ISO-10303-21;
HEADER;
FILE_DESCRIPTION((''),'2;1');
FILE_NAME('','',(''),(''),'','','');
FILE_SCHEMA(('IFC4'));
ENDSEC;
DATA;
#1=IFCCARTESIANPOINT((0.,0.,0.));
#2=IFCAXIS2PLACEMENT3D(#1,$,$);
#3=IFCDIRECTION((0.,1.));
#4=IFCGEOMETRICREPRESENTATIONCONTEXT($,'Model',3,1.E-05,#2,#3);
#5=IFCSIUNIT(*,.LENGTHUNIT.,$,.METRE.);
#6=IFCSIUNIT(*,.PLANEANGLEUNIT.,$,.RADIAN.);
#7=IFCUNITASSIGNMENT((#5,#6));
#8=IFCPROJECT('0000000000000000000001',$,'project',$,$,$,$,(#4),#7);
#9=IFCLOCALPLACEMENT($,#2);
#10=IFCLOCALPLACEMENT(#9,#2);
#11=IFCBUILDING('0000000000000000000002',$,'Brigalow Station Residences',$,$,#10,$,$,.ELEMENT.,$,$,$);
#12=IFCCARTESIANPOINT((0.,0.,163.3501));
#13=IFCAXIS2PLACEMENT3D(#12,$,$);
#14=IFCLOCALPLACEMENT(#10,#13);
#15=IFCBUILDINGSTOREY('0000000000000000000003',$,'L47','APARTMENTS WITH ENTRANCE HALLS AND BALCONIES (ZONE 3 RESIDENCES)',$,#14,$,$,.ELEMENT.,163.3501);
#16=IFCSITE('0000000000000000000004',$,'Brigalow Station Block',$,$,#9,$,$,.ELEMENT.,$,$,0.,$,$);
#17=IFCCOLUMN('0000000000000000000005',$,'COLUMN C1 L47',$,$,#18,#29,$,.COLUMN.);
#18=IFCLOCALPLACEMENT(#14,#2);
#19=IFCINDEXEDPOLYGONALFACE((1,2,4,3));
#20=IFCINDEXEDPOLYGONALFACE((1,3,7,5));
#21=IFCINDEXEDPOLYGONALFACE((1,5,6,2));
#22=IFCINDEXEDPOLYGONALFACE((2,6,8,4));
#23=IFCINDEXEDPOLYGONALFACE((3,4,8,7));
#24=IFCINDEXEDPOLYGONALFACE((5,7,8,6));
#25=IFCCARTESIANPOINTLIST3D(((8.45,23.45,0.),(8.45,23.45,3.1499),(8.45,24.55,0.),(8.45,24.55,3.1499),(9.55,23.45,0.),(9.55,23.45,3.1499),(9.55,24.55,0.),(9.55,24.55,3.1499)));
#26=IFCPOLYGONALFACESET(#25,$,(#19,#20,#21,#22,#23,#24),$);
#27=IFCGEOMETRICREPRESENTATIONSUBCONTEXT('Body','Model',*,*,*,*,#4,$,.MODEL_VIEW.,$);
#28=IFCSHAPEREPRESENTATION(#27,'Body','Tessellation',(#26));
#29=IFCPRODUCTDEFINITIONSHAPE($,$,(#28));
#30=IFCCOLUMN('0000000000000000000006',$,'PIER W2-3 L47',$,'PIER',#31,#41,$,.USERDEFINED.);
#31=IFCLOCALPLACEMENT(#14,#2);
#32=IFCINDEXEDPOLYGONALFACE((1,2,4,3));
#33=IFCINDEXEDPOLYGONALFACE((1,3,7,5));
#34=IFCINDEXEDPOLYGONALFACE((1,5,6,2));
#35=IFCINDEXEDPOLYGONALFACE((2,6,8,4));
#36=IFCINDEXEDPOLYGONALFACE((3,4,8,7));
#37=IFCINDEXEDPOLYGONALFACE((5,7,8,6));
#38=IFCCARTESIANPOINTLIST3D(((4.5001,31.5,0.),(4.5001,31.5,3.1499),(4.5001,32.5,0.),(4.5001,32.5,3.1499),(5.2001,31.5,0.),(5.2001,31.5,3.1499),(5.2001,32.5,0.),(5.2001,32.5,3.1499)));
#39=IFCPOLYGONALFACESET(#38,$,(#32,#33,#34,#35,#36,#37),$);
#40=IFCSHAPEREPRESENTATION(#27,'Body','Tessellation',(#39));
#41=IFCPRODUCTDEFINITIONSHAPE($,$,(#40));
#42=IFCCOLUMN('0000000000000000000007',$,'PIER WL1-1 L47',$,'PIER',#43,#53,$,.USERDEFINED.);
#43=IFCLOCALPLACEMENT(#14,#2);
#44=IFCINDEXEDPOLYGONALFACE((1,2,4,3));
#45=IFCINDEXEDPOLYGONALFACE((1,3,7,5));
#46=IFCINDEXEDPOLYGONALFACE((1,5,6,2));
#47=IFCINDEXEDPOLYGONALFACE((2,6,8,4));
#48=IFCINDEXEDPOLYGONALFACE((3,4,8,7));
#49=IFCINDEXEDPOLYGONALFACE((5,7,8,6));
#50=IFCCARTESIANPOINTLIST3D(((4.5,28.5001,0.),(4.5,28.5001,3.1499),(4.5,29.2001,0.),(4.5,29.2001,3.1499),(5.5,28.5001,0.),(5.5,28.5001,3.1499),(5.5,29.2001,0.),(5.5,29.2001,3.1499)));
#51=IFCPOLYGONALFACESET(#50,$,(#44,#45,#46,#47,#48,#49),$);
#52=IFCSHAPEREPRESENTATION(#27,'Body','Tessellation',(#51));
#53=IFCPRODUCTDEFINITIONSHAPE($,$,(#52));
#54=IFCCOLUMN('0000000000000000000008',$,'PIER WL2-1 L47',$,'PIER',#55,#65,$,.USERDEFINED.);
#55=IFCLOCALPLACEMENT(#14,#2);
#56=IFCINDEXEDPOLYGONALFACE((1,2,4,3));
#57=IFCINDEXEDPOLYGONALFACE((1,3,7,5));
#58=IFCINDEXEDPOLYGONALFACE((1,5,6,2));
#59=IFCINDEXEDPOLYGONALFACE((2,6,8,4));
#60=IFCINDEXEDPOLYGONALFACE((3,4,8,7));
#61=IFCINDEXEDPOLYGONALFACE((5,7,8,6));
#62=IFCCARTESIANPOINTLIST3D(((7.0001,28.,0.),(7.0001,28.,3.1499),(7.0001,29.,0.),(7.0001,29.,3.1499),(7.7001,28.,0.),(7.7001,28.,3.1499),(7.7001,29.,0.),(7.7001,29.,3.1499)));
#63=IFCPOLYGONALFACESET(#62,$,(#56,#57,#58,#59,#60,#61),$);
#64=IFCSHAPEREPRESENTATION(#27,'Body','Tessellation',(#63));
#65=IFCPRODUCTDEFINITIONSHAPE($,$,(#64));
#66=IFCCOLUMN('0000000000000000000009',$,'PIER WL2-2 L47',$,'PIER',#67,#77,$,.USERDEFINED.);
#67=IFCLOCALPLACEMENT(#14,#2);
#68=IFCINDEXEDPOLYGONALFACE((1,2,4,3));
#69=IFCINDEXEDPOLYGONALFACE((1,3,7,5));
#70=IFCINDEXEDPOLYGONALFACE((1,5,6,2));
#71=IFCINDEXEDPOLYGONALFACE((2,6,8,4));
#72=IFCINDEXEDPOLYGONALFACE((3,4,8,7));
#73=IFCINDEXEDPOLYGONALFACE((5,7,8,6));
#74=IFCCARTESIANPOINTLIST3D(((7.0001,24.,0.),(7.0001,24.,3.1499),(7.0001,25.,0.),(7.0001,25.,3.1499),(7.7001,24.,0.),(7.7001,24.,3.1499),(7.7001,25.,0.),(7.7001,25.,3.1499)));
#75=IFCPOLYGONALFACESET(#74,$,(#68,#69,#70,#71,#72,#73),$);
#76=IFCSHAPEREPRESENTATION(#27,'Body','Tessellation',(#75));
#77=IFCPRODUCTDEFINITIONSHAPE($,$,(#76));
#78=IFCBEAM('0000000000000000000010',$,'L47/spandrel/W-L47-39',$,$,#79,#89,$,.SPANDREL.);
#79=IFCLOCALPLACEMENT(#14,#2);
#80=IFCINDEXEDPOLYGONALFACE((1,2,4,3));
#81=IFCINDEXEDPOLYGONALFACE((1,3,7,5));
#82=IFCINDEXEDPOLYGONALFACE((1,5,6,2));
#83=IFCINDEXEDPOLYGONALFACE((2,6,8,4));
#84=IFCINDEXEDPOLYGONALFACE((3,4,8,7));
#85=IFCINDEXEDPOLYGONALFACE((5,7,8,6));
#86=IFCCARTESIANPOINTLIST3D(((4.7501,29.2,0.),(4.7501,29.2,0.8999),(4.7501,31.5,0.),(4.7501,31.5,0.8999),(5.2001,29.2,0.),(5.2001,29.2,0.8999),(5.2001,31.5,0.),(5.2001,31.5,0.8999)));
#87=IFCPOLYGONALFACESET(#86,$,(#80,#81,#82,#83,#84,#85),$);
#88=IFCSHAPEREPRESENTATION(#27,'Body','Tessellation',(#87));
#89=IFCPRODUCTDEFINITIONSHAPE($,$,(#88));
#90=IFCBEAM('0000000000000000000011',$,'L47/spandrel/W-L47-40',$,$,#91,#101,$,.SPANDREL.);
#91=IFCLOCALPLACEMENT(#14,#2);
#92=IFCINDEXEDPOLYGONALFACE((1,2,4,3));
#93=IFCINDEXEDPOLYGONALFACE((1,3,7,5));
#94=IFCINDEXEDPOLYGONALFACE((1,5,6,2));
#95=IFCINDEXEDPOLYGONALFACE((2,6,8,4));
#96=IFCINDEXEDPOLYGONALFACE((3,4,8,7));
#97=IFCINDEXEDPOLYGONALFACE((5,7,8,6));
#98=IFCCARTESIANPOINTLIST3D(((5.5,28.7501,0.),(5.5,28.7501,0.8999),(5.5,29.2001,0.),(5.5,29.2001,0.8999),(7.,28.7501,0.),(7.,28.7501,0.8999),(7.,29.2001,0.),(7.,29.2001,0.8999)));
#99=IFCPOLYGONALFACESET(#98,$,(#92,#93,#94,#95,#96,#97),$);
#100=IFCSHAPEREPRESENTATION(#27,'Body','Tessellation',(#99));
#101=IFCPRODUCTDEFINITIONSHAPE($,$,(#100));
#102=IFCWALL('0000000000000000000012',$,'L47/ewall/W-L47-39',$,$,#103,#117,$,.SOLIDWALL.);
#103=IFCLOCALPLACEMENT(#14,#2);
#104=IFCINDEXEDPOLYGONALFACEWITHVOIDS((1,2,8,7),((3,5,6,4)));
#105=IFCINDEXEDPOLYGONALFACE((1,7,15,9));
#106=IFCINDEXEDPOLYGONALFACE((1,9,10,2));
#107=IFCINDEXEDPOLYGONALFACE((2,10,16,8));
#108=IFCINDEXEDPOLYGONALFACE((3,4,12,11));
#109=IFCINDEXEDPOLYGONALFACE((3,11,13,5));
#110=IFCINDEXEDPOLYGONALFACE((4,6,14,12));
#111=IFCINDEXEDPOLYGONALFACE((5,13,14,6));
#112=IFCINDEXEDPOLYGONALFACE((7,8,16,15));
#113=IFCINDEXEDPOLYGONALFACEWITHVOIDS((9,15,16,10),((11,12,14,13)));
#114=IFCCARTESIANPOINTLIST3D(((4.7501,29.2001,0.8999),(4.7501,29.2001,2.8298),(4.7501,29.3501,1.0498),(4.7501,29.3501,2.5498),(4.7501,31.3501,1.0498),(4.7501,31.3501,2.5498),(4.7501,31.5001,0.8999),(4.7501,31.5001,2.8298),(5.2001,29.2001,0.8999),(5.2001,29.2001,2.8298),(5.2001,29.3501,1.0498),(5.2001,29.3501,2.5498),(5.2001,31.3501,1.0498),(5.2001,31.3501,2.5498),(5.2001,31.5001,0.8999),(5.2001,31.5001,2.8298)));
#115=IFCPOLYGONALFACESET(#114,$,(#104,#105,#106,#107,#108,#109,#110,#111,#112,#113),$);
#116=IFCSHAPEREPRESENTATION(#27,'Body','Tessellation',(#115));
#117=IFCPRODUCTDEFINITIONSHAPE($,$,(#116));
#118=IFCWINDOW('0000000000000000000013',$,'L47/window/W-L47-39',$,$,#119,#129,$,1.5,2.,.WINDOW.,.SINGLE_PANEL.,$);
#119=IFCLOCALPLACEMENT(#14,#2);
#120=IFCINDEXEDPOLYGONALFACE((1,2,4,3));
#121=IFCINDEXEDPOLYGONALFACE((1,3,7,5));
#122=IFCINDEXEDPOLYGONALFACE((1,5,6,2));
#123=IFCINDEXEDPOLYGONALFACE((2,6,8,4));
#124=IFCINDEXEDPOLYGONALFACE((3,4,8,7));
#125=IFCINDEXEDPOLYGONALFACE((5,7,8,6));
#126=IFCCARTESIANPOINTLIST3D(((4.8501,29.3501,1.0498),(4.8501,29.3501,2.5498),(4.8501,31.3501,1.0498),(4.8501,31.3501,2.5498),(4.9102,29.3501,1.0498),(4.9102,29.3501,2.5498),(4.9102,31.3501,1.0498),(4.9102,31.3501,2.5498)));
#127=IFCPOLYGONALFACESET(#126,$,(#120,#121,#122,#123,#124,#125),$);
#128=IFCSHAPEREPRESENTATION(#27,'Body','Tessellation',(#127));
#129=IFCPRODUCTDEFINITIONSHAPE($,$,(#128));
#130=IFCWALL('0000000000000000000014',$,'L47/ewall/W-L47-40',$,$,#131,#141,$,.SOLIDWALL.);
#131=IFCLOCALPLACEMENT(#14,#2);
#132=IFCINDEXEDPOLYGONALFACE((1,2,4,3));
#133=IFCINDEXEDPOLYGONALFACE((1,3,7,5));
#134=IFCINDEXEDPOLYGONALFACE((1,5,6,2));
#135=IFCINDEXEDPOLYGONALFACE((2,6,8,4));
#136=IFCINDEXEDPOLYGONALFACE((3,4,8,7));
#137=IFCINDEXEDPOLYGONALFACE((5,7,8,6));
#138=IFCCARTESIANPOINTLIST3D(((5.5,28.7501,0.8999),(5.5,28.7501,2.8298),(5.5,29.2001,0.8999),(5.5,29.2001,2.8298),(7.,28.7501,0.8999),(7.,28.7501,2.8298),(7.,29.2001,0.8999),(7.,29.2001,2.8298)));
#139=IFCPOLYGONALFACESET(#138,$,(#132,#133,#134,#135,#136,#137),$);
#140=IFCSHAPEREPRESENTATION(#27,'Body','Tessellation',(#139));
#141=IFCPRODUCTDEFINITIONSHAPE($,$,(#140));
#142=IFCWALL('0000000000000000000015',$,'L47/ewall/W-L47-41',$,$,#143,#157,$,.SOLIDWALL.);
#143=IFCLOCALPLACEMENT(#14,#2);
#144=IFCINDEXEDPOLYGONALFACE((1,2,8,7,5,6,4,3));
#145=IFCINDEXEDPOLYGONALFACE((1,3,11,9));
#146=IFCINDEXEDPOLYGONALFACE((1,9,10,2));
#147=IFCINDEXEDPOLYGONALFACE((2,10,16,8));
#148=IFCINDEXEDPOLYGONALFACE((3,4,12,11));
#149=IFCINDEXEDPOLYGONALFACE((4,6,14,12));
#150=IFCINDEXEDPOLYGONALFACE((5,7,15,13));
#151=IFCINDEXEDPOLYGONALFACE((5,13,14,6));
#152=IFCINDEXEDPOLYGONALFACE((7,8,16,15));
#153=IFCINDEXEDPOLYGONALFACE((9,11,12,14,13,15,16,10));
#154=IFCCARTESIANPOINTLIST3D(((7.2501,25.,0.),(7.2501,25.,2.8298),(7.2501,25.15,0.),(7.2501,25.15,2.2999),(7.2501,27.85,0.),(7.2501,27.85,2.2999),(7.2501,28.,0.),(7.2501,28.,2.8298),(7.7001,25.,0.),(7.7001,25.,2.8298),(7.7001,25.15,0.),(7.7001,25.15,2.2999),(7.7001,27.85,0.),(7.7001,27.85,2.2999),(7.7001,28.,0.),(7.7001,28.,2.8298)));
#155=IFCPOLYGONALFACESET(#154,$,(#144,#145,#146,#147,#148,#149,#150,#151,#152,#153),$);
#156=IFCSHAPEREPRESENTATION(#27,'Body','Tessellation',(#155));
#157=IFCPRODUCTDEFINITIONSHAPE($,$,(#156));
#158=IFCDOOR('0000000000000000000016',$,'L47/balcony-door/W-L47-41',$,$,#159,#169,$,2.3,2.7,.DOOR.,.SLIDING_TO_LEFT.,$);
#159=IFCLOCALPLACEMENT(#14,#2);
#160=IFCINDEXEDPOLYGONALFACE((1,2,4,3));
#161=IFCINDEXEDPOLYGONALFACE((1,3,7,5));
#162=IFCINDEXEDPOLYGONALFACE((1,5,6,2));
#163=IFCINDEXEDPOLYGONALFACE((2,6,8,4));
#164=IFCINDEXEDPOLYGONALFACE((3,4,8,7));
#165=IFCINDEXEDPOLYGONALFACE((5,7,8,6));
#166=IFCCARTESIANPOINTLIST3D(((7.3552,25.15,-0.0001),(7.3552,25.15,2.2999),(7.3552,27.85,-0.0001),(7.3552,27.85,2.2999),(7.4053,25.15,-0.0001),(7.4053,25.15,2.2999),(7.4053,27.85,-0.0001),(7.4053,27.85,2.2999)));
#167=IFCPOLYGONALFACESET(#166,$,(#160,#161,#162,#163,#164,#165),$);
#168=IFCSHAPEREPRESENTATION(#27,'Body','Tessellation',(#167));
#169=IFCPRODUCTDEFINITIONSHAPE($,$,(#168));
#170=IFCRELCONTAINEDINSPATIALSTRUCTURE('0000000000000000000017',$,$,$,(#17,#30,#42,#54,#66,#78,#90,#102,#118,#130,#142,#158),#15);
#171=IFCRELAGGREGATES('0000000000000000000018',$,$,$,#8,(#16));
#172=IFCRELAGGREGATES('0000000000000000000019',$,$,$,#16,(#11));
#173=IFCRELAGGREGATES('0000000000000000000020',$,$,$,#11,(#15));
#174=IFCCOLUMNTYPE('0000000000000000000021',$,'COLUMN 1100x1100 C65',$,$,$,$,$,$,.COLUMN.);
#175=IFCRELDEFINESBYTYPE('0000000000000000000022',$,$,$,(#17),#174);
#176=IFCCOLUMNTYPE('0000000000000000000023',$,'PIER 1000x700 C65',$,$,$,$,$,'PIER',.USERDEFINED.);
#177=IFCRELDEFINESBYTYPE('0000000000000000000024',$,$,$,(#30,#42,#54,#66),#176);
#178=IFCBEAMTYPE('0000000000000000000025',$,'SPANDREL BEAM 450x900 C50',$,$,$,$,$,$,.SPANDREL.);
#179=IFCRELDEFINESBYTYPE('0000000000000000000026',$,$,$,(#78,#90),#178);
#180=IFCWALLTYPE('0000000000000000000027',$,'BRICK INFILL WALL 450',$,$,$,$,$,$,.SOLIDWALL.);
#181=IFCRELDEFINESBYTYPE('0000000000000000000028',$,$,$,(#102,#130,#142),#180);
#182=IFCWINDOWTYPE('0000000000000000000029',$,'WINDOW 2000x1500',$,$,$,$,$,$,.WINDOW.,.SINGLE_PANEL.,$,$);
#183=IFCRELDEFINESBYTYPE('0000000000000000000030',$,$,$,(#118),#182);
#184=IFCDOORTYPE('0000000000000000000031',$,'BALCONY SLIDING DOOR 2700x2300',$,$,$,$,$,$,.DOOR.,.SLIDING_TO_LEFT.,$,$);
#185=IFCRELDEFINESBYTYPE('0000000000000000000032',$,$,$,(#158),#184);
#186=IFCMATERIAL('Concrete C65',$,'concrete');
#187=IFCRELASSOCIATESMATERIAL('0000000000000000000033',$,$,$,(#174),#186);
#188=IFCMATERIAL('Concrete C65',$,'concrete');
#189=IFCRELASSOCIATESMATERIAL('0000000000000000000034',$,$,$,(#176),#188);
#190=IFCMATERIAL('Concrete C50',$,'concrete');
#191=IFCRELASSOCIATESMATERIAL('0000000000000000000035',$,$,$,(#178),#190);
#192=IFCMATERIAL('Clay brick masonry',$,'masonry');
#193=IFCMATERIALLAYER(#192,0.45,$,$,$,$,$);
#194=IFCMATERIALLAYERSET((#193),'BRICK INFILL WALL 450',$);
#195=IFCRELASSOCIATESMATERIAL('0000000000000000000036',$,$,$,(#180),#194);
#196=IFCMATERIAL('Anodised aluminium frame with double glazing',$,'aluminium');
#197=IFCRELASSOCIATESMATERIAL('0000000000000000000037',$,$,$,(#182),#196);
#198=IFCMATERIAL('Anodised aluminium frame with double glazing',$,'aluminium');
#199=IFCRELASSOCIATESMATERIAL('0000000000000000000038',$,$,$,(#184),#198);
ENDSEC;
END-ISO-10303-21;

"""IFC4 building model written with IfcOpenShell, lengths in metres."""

from ifc_helpers import new_model, si_unit, direction, frame, frame_2d, origin, origin_2d, place, context, subcontext, project, spatial, rectangle, extrude, material, layer, layer_set, material_profile, profile_set, type_object, element, fill, save


model = new_model("IFC4")

# Units and contexts
model_context = context("Model", 3, precision=1e-05, world=origin(), true_north=direction((0.0, 1.0)))
body_context = subcontext(model_context, "Body", "Model", "MODEL_VIEW")
ifc_project = project(units=[si_unit("LENGTHUNIT", "METRE"), si_unit("PLANEANGLEUNIT", "RADIAN")], contexts=[model_context])

# Site, building, storey
site_placement = place(None, origin())
site = spatial("IfcSite", under=ifc_project, at=site_placement, Name="Brigalow Station Block", CompositionType="ELEMENT", RefElevation=0.0)
building_placement = place(site_placement, origin())
building = spatial("IfcBuilding", under=site, at=building_placement, Name="Brigalow Station Residences", CompositionType="ELEMENT")
storey_placement = place(building_placement, frame((0.0, 0.0, 163.3501)))
storey = spatial("IfcBuildingStorey", under=building, at=storey_placement, Name="L47", Description="APARTMENTS WITH ENTRANCE HALLS AND BALCONIES (ZONE 3 RESIDENCES)", CompositionType="ELEMENT", Elevation=163.3501)

# Columns
ifc_material_1 = material(Name="Concrete C65", Category="concrete")
ifc_material_profile_1 = material_profile(ifc_material_1, rectangle(XDim=1.1001, YDim=1.1001, at=origin_2d()), Name="RC1100x1100")
ifc_profile_set_1 = profile_set([ifc_material_profile_1], Name="Concrete C65")
column_type_1 = type_object("IfcColumnType", Name="COLUMN 1100x1100 C65", PredefinedType="COLUMN", material=ifc_profile_set_1)
column_placement = place(storey_placement, frame((9.0, 24.0, 0.0), z_axis=(0.0, 0.0, 1.0), x_axis=(1.0, 0.0, 0.0)))
element("IfcColumn", 1, at=column_placement, inside=storey, type_object=column_type_1, Name="COLUMN C1 L47", PredefinedType="COLUMN", context=body_context, shape_type="SweptSolid", body=[
    extrude(rectangle(XDim=1.1001, YDim=1.1001, at=origin_2d()), origin(), (0.0, 0.0, 1.0), 3.1499),
])
ifc_material_2 = material(Name="Concrete C65", Category="concrete")
ifc_material_profile_2 = material_profile(ifc_material_2, rectangle(XDim=1.0, YDim=0.7, at=origin_2d()), Name="RC1000x700")
ifc_profile_set_2 = profile_set([ifc_material_profile_2], Name="Concrete C65")
column_type_2 = type_object("IfcColumnType", Name="PIER 1000x700 C65", ElementType="PIER", PredefinedType="USERDEFINED", material=ifc_profile_set_2)
for number, where, z_axis, x_axis, name in (
    (2, (4.8501, 32.0, 0.0), (0.0, 0.0, 1.0), (0.0, -1.0, 0.0), "PIER W2-3 L47"),
    (3, (5.0, 28.8501, 0.0), (0.0, 0.0, 1.0), (1.0, 0.0, 0.0), "PIER WL1-1 L47"),
    (4, (7.3501, 28.5, 0.0), (0.0, 0.0, 1.0), (0.0, -1.0, 0.0), "PIER WL2-1 L47"),
    (5, (7.3501, 24.5, 0.0), (0.0, 0.0, 1.0), (0.0, -1.0, 0.0), "PIER WL2-2 L47"),
):
    element("IfcColumn", number, at=place(storey_placement, frame(where, z_axis=z_axis, x_axis=x_axis)), inside=storey, type_object=column_type_2, Name=name, ObjectType="PIER", PredefinedType="USERDEFINED", context=body_context, shape_type="SweptSolid", body=[
        extrude(rectangle(XDim=1.0, YDim=0.7, at=origin_2d()), origin(), (0.0, 0.0, 1.0), 3.1499),
    ])

# Beams
ifc_material_3 = material(Name="Concrete C50", Category="concrete")
ifc_material_profile_3 = material_profile(ifc_material_3, rectangle(XDim=0.45, YDim=0.8999, at=origin_2d()), Name="RC450x900")
ifc_profile_set_3 = profile_set([ifc_material_profile_3], Name="Concrete C50")
beam_type = type_object("IfcBeamType", Name="SPANDREL BEAM 450x900 C50", PredefinedType="SPANDREL", material=ifc_profile_set_3)
beam_1_placement = place(storey_placement, frame((4.9751, 31.5, 0.45), z_axis=(0.0, -1.0, 0.0), x_axis=(1.0, 0.0, 0.0)))
element("IfcBeam", 6, at=beam_1_placement, inside=storey, type_object=beam_type, Name="L47/spandrel/W-L47-39", PredefinedType="SPANDREL", context=body_context, shape_type="SweptSolid", body=[
    extrude(rectangle(XDim=0.45, YDim=0.8999, at=origin_2d()), origin(), (0.0, 0.0, 1.0), 2.3),
])
beam_2_placement = place(storey_placement, frame((5.5, 28.9751, 0.45), z_axis=(1.0, 0.0, 0.0), x_axis=(0.0, 1.0, 0.0)))
element("IfcBeam", 7, at=beam_2_placement, inside=storey, type_object=beam_type, Name="L47/spandrel/W-L47-40", PredefinedType="SPANDREL", context=body_context, shape_type="SweptSolid", body=[
    extrude(rectangle(XDim=0.45, YDim=0.8999, at=origin_2d()), origin(), (0.0, 0.0, 1.0), 1.5),
])

# Wall, opening, window
ifc_material_4 = material(Name="Clay brick masonry", Category="masonry")
ifc_layer_1 = layer(ifc_material_4, 0.45)
ifc_layer_set_1 = layer_set([ifc_layer_1], Name="BRICK INFILL WALL 450")
wall_type_1 = type_object("IfcWallType", Name="BRICK INFILL WALL 450", PredefinedType="SOLIDWALL", material=ifc_layer_set_1)
wall_1_placement = place(storey_placement, frame((4.9751, 31.5, 0.8999), z_axis=(0.0, 0.0, 1.0), x_axis=(0.0, -1.0, 0.0)))
wall_1 = element("IfcWall", 8, at=wall_1_placement, inside=storey, type_object=wall_type_1, Name="L47/ewall/W-L47-39", PredefinedType="SOLIDWALL", context=body_context, shape_type="SweptSolid", body=[
    extrude(rectangle(XDim=2.3, YDim=0.45, at=frame_2d((1.1499, 0.0))), origin(), (0.0, 0.0, 1.0), 1.9299),
])
opening_1_placement = place(wall_1_placement, frame((0.1499, 0.0, 0.1499)))
opening_1 = element("IfcOpeningElement", 9, at=opening_1_placement, cuts=wall_1, PredefinedType="OPENING", context=body_context, shape_type="SweptSolid", body=[
    extrude(rectangle(XDim=2.0, YDim=1.5, at=frame_2d((1.0, 0.75))), frame((0.0, 0.2349, 0.0), z_axis=(0.0, -1.0, 0.0), x_axis=(1.0, 0.0, 0.0)), (0.0, 0.0, 1.0), 0.47),
])
ifc_material_5 = material(Name="Anodised aluminium frame with double glazing", Category="aluminium")
window_type = type_object("IfcWindowType", Name="WINDOW 2000x1500", PartitioningType="SINGLE_PANEL", PredefinedType="WINDOW", material=ifc_material_5)
window_placement = place(opening_1_placement, origin())
window = element("IfcWindow", 10, at=window_placement, inside=storey, type_object=window_type, Name="L47/window/W-L47-39", OverallHeight=1.5, OverallWidth=2.0, PartitioningType="SINGLE_PANEL", PredefinedType="WINDOW", context=body_context, shape_type="SweptSolid", body=[
    extrude(rectangle(XDim=2.0, YDim=1.5, at=frame_2d((1.0, 0.75))), frame((0.0, -0.0649, 0.0), z_axis=(0.0, -1.0, 0.0), x_axis=(1.0, 0.0, 0.0)), (0.0, 0.0, 1.0), 0.0601),
])
fill(opening_1, window)

# Wall
wall_2_placement = place(storey_placement, frame((5.5, 28.9751, 0.8999), z_axis=(0.0, 0.0, 1.0), x_axis=(1.0, 0.0, 0.0)))
element("IfcWall", 11, at=wall_2_placement, inside=storey, type_object=wall_type_1, Name="L47/ewall/W-L47-40", PredefinedType="SOLIDWALL", context=body_context, shape_type="SweptSolid", body=[
    extrude(rectangle(XDim=1.5, YDim=0.45, at=frame_2d((0.75, 0.0))), origin(), (0.0, 0.0, 1.0), 1.9299),
])

# Wall, opening, door
wall_3_placement = place(storey_placement, frame((7.4751, 28.0, 0.0), z_axis=(0.0, 0.0, 1.0), x_axis=(0.0, -1.0, 0.0)))
wall_3 = element("IfcWall", 12, at=wall_3_placement, inside=storey, type_object=wall_type_1, Name="L47/ewall/W-L47-41", PredefinedType="SOLIDWALL", context=body_context, shape_type="SweptSolid", body=[
    extrude(rectangle(XDim=3.0, YDim=0.45, at=frame_2d((1.5, 0.0))), origin(), (0.0, 0.0, 1.0), 2.8298),
])
opening_2_placement = place(wall_3_placement, frame((0.1499, 0.0, 0.0)))
opening_2 = element("IfcOpeningElement", 13, at=opening_2_placement, cuts=wall_3, PredefinedType="OPENING", context=body_context, shape_type="SweptSolid", body=[
    extrude(rectangle(XDim=2.7, YDim=2.3, at=frame_2d((1.3501, 1.1499))), frame((0.0, 0.2349, 0.0), z_axis=(0.0, -1.0, 0.0), x_axis=(1.0, 0.0, 0.0)), (0.0, 0.0, 1.0), 0.47),
])
ifc_material_6 = material(Name="Anodised aluminium frame with double glazing", Category="aluminium")
door_type_1 = type_object("IfcDoorType", Name="BALCONY SLIDING DOOR 2700x2300", OperationType="SLIDING_TO_LEFT", PredefinedType="DOOR", material=ifc_material_6)
door_1_placement = place(opening_2_placement, origin())
door_1 = element("IfcDoor", 14, at=door_1_placement, inside=storey, type_object=door_type_1, Name="L47/balcony-door/W-L47-41", OperationType="SLIDING_TO_LEFT", OverallHeight=2.3, OverallWidth=2.7, PredefinedType="DOOR", context=body_context, shape_type="SweptSolid", body=[
    extrude(rectangle(XDim=2.7, YDim=2.3, at=frame_2d((1.3501, 1.1499))), frame((0.0, -0.0698, 0.0), z_axis=(0.0, -1.0, 0.0), x_axis=(1.0, 0.0, 0.0)), (0.0, 0.0, 1.0), 0.05),
])
fill(opening_2, door_1)

save(model, "model.ifc")
